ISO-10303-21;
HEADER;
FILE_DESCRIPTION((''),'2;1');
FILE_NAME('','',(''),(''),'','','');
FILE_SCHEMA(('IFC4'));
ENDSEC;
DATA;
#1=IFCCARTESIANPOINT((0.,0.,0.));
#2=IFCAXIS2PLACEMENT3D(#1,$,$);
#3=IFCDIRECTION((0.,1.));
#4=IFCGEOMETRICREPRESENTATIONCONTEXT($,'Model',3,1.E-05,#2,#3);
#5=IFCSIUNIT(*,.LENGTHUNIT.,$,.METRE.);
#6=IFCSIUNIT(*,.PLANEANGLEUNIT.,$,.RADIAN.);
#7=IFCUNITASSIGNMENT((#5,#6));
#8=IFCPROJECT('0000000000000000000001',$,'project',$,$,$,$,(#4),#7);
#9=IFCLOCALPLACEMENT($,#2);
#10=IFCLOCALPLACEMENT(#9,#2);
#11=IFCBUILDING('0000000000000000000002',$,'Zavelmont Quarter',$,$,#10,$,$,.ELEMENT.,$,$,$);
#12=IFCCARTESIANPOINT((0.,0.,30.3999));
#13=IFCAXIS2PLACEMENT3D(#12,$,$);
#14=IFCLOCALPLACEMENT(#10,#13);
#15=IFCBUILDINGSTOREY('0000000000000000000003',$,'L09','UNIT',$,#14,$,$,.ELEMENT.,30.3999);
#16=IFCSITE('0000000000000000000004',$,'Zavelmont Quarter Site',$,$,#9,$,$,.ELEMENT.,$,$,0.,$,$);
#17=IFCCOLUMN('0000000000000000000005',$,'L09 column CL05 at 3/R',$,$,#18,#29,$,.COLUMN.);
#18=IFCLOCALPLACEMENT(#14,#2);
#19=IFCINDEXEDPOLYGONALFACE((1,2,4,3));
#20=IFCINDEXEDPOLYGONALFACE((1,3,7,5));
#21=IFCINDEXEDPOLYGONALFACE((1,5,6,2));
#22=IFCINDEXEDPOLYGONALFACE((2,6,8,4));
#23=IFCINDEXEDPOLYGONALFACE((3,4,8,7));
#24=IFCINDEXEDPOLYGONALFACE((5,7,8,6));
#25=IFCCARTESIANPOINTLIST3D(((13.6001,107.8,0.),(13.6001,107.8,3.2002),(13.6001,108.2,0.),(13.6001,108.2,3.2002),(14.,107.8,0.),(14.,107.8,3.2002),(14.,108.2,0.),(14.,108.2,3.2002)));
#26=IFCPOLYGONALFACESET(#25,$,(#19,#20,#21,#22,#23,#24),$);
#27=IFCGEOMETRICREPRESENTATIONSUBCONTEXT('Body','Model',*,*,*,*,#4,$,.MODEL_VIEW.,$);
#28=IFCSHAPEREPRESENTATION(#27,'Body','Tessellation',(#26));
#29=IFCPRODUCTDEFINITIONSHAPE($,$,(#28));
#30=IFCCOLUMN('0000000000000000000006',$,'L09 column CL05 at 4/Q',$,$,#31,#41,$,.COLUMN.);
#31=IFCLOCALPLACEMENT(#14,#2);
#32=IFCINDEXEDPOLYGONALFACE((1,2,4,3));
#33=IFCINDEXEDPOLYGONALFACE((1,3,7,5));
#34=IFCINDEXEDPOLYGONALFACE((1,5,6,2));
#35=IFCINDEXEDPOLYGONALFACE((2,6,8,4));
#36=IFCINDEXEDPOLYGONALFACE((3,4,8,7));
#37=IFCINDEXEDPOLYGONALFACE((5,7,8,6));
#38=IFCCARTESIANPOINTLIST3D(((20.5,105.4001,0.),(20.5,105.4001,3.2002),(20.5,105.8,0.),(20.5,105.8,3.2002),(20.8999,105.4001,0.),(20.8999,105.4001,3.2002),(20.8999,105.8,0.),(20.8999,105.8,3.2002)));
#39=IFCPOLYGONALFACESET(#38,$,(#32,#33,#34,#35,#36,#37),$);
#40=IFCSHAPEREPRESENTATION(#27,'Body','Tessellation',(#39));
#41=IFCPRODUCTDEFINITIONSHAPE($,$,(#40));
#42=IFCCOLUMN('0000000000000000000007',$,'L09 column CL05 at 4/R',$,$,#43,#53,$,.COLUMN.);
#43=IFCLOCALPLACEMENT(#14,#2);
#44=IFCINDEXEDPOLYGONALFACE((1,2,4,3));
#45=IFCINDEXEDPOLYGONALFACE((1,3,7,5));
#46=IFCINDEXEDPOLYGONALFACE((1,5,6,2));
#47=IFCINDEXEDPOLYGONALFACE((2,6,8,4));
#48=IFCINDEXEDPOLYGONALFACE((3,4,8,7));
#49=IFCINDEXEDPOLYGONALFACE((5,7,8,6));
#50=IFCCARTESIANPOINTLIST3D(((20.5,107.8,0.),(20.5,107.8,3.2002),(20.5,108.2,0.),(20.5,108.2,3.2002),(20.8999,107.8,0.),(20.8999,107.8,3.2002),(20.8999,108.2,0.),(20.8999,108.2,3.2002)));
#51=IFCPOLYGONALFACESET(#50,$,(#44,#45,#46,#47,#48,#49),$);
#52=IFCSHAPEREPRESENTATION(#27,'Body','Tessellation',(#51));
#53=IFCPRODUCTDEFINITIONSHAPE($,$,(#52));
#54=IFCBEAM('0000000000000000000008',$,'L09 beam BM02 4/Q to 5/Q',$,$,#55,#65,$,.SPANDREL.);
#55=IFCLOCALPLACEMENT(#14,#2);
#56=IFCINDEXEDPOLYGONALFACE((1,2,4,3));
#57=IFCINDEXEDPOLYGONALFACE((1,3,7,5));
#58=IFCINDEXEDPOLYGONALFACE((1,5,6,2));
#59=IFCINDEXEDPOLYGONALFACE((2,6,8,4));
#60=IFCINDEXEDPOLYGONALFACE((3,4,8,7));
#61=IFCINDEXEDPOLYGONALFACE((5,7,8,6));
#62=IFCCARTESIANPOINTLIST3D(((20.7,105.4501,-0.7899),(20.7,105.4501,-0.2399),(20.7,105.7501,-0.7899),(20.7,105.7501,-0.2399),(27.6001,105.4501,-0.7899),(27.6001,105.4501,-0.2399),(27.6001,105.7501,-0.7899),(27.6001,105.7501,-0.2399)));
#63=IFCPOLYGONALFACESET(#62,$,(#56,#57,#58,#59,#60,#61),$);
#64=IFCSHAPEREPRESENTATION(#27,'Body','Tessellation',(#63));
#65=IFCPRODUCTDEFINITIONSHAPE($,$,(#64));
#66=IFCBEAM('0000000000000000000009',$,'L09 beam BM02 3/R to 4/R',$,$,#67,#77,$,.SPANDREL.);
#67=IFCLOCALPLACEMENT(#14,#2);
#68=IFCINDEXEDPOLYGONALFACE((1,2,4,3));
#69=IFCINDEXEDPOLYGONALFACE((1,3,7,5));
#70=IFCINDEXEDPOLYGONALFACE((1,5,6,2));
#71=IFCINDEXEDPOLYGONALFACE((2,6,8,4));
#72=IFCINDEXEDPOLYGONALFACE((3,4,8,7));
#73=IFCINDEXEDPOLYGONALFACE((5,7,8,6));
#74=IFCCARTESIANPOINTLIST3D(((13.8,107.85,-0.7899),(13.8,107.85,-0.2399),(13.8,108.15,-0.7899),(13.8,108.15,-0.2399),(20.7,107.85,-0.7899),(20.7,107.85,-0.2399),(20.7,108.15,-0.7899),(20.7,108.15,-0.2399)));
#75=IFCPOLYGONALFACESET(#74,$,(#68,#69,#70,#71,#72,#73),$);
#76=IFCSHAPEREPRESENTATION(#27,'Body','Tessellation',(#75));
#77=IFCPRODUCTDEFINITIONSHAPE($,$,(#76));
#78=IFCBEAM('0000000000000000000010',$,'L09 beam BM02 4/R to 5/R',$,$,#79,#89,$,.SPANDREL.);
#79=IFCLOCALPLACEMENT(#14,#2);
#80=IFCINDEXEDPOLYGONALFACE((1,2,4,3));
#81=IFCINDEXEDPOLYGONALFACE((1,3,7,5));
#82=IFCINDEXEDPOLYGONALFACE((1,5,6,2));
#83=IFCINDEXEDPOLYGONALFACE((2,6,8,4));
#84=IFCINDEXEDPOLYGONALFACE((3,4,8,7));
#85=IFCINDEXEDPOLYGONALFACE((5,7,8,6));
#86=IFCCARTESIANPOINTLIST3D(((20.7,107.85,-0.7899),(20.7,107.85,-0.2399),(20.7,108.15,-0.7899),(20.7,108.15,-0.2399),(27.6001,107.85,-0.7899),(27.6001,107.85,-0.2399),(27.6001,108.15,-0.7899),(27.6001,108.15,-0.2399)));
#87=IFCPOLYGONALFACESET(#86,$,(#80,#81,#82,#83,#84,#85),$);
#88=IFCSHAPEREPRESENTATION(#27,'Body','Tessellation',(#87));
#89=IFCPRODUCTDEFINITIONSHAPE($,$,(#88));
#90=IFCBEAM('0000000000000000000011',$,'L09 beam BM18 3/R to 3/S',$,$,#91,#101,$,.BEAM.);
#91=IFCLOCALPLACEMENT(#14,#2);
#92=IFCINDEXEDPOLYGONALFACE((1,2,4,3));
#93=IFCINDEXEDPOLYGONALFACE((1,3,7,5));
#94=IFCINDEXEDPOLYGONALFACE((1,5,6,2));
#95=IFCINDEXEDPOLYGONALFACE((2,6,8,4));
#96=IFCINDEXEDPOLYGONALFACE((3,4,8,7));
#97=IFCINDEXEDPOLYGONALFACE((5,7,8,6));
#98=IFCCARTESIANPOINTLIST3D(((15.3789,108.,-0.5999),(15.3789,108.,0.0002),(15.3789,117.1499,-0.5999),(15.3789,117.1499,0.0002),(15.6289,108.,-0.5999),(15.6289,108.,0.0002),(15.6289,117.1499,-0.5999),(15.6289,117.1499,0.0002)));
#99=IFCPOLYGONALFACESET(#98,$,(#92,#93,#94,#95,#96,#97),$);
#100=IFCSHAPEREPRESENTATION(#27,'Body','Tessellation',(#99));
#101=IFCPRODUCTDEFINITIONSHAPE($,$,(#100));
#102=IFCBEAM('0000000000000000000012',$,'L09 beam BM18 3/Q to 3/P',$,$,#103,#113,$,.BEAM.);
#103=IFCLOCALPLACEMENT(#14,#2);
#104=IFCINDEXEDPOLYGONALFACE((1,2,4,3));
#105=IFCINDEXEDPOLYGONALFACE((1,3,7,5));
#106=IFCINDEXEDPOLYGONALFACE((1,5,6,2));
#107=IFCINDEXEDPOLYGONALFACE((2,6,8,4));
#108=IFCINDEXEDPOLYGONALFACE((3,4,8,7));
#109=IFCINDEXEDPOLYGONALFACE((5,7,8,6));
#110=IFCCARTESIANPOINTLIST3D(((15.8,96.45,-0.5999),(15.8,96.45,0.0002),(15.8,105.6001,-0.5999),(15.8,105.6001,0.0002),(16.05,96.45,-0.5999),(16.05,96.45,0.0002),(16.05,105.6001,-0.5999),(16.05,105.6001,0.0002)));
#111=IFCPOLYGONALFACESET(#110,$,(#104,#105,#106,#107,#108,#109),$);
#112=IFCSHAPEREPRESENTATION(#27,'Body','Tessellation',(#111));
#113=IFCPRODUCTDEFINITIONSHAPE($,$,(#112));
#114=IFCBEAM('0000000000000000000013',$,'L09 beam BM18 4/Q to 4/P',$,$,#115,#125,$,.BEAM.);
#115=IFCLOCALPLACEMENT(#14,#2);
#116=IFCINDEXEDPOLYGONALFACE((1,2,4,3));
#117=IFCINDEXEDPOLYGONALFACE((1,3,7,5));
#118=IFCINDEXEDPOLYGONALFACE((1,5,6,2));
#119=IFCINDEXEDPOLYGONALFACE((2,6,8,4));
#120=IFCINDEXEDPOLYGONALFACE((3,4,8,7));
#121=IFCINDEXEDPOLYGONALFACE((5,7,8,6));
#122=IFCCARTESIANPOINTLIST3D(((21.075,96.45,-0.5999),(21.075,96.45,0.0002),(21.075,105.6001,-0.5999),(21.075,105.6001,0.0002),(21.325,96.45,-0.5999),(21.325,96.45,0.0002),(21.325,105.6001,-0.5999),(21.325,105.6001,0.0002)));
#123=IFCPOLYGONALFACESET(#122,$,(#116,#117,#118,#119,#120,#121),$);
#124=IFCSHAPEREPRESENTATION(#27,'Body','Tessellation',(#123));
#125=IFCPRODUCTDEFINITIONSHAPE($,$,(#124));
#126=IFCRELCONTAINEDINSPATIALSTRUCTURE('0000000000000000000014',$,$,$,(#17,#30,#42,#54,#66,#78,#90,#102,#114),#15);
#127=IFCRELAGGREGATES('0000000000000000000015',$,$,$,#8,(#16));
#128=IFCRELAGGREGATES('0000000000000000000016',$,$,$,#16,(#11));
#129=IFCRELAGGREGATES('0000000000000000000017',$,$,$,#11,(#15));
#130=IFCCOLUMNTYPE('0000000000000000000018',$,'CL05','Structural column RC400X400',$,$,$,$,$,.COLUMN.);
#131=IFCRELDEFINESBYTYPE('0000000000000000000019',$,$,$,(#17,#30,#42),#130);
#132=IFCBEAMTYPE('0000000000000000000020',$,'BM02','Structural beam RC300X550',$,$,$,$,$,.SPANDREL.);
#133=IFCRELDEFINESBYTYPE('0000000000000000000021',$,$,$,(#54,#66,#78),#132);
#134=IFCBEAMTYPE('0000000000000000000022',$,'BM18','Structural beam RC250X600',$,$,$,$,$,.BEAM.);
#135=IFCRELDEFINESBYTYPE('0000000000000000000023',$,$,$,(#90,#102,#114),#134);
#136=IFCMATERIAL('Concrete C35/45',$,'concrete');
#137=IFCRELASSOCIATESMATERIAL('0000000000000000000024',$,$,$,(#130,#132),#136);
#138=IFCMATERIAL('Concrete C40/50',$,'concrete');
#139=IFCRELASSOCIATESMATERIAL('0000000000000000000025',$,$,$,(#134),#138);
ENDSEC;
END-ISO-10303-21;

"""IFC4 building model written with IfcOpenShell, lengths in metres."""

from ifc_helpers import new_model, si_unit, direction, frame, origin, origin_2d, place, context, subcontext, project, spatial, rectangle, extrude, material, material_profile, profile_set, type_object, element, save


model = new_model("IFC4")

# Units and contexts
model_context = context("Model", 3, precision=1e-05, world=origin(), true_north=direction((0.0, 1.0)))
body_context = subcontext(model_context, "Body", "Model", "MODEL_VIEW")
ifc_project = project(units=[si_unit("LENGTHUNIT", "METRE"), si_unit("PLANEANGLEUNIT", "RADIAN")], contexts=[model_context])

# Site, building, storey
site_placement = place(None, origin())
site = spatial("IfcSite", under=ifc_project, at=site_placement, Name="Zavelmont Quarter Site", CompositionType="ELEMENT", RefElevation=0.0)
building_placement = place(site_placement, origin())
building = spatial("IfcBuilding", under=site, at=building_placement, Name="Zavelmont Quarter", CompositionType="ELEMENT")
storey_placement = place(building_placement, frame((0.0, 0.0, 30.3999)))
storey = spatial("IfcBuildingStorey", under=building, at=storey_placement, Name="L09", Description="UNIT", CompositionType="ELEMENT", Elevation=30.3999)

# Columns
ifc_material_1 = material(Name="Concrete C35/45", Category="concrete")
ifc_material_profile_1 = material_profile(ifc_material_1, rectangle(XDim=0.3999, YDim=0.3999, at=origin_2d()), Name="RC400X400")
ifc_profile_set_1 = profile_set([ifc_material_profile_1], Name="Concrete C35/45")
column_type = type_object("IfcColumnType", Name="CL05", Description="Structural column RC400X400", PredefinedType="COLUMN", material=ifc_profile_set_1)
for number, where, z_axis, x_axis, name in (
    (1, (13.8, 108.0, 0.0), (0.0, 0.0, 1.0), (1.0, 0.0, 0.0), "L09 column CL05 at 3/R"),
    (2, (20.7, 105.6001, 0.0), (0.0, 0.0, 1.0), (1.0, 0.0, 0.0), "L09 column CL05 at 4/Q"),
    (3, (20.7, 108.0, 0.0), (0.0, 0.0, 1.0), (1.0, 0.0, 0.0), "L09 column CL05 at 4/R"),
):
    element("IfcColumn", number, at=place(storey_placement, frame(where, z_axis=z_axis, x_axis=x_axis)), inside=storey, type_object=column_type, Name=name, PredefinedType="COLUMN", context=body_context, shape_type="SweptSolid", body=[
        extrude(rectangle(XDim=0.3999, YDim=0.3999, at=origin_2d()), origin(), (0.0, 0.0, 1.0), 3.2002),
    ])

# Beams
ifc_material_profile_2 = material_profile(ifc_material_1, rectangle(XDim=0.3, YDim=0.55, at=origin_2d()), Name="RC300X550")
ifc_profile_set_2 = profile_set([ifc_material_profile_2], Name="Concrete C35/45")
beam_type_1 = type_object("IfcBeamType", Name="BM02", Description="Structural beam RC300X550", PredefinedType="SPANDREL", material=ifc_profile_set_2)
beam_1_placement = place(storey_placement, frame((20.7, 105.6001, -0.5149), z_axis=(1.0, 0.0, 0.0), x_axis=(0.0, 1.0, 0.0)))
element("IfcBeam", 4, at=beam_1_placement, inside=storey, type_object=beam_type_1, Name="L09 beam BM02 4/Q to 5/Q", PredefinedType="SPANDREL", context=body_context, shape_type="SweptSolid", body=[
    extrude(rectangle(XDim=0.3, YDim=0.55, at=origin_2d()), origin(), (0.0, 0.0, 1.0), 6.9001),
])
beam_2_placement = place(storey_placement, frame((13.8, 108.0, -0.5149), z_axis=(1.0, 0.0, 0.0), x_axis=(0.0, 1.0, 0.0)))
element("IfcBeam", 5, at=beam_2_placement, inside=storey, type_object=beam_type_1, Name="L09 beam BM02 3/R to 4/R", PredefinedType="SPANDREL", context=body_context, shape_type="SweptSolid", body=[
    extrude(rectangle(XDim=0.3, YDim=0.55, at=origin_2d()), origin(), (0.0, 0.0, 1.0), 6.8999),
])
beam_3_placement = place(storey_placement, frame((20.7, 108.0, -0.5149), z_axis=(1.0, 0.0, 0.0), x_axis=(0.0, 1.0, 0.0)))
element("IfcBeam", 6, at=beam_3_placement, inside=storey, type_object=beam_type_1, Name="L09 beam BM02 4/R to 5/R", PredefinedType="SPANDREL", context=body_context, shape_type="SweptSolid", body=[
    extrude(rectangle(XDim=0.3, YDim=0.55, at=origin_2d()), origin(), (0.0, 0.0, 1.0), 6.9001),
])
ifc_material_2 = material(Name="Concrete C40/50", Category="concrete")
ifc_material_profile_3 = material_profile(ifc_material_2, rectangle(XDim=0.25, YDim=0.6001, at=origin_2d()), Name="RC250X600")
ifc_profile_set_3 = profile_set([ifc_material_profile_3], Name="Concrete C40/50")
beam_type_2 = type_object("IfcBeamType", Name="BM18", Description="Structural beam RC250X600", PredefinedType="BEAM", material=ifc_profile_set_3)
beam_4_placement = place(storey_placement, frame((15.5039, 108.0, -0.2998), z_axis=(0.0, 1.0, 0.0), x_axis=(-1.0, 0.0, 0.0)))
element("IfcBeam", 7, at=beam_4_placement, inside=storey, type_object=beam_type_2, Name="L09 beam BM18 3/R to 3/S", PredefinedType="BEAM", context=body_context, shape_type="SweptSolid", body=[
    extrude(rectangle(XDim=0.25, YDim=0.6001, at=origin_2d()), origin(), (0.0, 0.0, 1.0), 9.1499),
])
for number, where, z_axis, x_axis, name in (
    (8, (15.925, 105.6001, -0.2998), (0.0, -1.0, 0.0), (1.0, 0.0, 0.0), "L09 beam BM18 3/Q to 3/P"),
    (9, (21.2, 105.6001, -0.2998), (0.0, -1.0, 0.0), (1.0, 0.0, 0.0), "L09 beam BM18 4/Q to 4/P"),
):
    element("IfcBeam", number, at=place(storey_placement, frame(where, z_axis=z_axis, x_axis=x_axis)), inside=storey, type_object=beam_type_2, Name=name, PredefinedType="BEAM", context=body_context, shape_type="SweptSolid", body=[
        extrude(rectangle(XDim=0.25, YDim=0.6001, at=origin_2d()), origin(), (0.0, 0.0, 1.0), 9.1501),
    ])

save(model, "model.ifc")
